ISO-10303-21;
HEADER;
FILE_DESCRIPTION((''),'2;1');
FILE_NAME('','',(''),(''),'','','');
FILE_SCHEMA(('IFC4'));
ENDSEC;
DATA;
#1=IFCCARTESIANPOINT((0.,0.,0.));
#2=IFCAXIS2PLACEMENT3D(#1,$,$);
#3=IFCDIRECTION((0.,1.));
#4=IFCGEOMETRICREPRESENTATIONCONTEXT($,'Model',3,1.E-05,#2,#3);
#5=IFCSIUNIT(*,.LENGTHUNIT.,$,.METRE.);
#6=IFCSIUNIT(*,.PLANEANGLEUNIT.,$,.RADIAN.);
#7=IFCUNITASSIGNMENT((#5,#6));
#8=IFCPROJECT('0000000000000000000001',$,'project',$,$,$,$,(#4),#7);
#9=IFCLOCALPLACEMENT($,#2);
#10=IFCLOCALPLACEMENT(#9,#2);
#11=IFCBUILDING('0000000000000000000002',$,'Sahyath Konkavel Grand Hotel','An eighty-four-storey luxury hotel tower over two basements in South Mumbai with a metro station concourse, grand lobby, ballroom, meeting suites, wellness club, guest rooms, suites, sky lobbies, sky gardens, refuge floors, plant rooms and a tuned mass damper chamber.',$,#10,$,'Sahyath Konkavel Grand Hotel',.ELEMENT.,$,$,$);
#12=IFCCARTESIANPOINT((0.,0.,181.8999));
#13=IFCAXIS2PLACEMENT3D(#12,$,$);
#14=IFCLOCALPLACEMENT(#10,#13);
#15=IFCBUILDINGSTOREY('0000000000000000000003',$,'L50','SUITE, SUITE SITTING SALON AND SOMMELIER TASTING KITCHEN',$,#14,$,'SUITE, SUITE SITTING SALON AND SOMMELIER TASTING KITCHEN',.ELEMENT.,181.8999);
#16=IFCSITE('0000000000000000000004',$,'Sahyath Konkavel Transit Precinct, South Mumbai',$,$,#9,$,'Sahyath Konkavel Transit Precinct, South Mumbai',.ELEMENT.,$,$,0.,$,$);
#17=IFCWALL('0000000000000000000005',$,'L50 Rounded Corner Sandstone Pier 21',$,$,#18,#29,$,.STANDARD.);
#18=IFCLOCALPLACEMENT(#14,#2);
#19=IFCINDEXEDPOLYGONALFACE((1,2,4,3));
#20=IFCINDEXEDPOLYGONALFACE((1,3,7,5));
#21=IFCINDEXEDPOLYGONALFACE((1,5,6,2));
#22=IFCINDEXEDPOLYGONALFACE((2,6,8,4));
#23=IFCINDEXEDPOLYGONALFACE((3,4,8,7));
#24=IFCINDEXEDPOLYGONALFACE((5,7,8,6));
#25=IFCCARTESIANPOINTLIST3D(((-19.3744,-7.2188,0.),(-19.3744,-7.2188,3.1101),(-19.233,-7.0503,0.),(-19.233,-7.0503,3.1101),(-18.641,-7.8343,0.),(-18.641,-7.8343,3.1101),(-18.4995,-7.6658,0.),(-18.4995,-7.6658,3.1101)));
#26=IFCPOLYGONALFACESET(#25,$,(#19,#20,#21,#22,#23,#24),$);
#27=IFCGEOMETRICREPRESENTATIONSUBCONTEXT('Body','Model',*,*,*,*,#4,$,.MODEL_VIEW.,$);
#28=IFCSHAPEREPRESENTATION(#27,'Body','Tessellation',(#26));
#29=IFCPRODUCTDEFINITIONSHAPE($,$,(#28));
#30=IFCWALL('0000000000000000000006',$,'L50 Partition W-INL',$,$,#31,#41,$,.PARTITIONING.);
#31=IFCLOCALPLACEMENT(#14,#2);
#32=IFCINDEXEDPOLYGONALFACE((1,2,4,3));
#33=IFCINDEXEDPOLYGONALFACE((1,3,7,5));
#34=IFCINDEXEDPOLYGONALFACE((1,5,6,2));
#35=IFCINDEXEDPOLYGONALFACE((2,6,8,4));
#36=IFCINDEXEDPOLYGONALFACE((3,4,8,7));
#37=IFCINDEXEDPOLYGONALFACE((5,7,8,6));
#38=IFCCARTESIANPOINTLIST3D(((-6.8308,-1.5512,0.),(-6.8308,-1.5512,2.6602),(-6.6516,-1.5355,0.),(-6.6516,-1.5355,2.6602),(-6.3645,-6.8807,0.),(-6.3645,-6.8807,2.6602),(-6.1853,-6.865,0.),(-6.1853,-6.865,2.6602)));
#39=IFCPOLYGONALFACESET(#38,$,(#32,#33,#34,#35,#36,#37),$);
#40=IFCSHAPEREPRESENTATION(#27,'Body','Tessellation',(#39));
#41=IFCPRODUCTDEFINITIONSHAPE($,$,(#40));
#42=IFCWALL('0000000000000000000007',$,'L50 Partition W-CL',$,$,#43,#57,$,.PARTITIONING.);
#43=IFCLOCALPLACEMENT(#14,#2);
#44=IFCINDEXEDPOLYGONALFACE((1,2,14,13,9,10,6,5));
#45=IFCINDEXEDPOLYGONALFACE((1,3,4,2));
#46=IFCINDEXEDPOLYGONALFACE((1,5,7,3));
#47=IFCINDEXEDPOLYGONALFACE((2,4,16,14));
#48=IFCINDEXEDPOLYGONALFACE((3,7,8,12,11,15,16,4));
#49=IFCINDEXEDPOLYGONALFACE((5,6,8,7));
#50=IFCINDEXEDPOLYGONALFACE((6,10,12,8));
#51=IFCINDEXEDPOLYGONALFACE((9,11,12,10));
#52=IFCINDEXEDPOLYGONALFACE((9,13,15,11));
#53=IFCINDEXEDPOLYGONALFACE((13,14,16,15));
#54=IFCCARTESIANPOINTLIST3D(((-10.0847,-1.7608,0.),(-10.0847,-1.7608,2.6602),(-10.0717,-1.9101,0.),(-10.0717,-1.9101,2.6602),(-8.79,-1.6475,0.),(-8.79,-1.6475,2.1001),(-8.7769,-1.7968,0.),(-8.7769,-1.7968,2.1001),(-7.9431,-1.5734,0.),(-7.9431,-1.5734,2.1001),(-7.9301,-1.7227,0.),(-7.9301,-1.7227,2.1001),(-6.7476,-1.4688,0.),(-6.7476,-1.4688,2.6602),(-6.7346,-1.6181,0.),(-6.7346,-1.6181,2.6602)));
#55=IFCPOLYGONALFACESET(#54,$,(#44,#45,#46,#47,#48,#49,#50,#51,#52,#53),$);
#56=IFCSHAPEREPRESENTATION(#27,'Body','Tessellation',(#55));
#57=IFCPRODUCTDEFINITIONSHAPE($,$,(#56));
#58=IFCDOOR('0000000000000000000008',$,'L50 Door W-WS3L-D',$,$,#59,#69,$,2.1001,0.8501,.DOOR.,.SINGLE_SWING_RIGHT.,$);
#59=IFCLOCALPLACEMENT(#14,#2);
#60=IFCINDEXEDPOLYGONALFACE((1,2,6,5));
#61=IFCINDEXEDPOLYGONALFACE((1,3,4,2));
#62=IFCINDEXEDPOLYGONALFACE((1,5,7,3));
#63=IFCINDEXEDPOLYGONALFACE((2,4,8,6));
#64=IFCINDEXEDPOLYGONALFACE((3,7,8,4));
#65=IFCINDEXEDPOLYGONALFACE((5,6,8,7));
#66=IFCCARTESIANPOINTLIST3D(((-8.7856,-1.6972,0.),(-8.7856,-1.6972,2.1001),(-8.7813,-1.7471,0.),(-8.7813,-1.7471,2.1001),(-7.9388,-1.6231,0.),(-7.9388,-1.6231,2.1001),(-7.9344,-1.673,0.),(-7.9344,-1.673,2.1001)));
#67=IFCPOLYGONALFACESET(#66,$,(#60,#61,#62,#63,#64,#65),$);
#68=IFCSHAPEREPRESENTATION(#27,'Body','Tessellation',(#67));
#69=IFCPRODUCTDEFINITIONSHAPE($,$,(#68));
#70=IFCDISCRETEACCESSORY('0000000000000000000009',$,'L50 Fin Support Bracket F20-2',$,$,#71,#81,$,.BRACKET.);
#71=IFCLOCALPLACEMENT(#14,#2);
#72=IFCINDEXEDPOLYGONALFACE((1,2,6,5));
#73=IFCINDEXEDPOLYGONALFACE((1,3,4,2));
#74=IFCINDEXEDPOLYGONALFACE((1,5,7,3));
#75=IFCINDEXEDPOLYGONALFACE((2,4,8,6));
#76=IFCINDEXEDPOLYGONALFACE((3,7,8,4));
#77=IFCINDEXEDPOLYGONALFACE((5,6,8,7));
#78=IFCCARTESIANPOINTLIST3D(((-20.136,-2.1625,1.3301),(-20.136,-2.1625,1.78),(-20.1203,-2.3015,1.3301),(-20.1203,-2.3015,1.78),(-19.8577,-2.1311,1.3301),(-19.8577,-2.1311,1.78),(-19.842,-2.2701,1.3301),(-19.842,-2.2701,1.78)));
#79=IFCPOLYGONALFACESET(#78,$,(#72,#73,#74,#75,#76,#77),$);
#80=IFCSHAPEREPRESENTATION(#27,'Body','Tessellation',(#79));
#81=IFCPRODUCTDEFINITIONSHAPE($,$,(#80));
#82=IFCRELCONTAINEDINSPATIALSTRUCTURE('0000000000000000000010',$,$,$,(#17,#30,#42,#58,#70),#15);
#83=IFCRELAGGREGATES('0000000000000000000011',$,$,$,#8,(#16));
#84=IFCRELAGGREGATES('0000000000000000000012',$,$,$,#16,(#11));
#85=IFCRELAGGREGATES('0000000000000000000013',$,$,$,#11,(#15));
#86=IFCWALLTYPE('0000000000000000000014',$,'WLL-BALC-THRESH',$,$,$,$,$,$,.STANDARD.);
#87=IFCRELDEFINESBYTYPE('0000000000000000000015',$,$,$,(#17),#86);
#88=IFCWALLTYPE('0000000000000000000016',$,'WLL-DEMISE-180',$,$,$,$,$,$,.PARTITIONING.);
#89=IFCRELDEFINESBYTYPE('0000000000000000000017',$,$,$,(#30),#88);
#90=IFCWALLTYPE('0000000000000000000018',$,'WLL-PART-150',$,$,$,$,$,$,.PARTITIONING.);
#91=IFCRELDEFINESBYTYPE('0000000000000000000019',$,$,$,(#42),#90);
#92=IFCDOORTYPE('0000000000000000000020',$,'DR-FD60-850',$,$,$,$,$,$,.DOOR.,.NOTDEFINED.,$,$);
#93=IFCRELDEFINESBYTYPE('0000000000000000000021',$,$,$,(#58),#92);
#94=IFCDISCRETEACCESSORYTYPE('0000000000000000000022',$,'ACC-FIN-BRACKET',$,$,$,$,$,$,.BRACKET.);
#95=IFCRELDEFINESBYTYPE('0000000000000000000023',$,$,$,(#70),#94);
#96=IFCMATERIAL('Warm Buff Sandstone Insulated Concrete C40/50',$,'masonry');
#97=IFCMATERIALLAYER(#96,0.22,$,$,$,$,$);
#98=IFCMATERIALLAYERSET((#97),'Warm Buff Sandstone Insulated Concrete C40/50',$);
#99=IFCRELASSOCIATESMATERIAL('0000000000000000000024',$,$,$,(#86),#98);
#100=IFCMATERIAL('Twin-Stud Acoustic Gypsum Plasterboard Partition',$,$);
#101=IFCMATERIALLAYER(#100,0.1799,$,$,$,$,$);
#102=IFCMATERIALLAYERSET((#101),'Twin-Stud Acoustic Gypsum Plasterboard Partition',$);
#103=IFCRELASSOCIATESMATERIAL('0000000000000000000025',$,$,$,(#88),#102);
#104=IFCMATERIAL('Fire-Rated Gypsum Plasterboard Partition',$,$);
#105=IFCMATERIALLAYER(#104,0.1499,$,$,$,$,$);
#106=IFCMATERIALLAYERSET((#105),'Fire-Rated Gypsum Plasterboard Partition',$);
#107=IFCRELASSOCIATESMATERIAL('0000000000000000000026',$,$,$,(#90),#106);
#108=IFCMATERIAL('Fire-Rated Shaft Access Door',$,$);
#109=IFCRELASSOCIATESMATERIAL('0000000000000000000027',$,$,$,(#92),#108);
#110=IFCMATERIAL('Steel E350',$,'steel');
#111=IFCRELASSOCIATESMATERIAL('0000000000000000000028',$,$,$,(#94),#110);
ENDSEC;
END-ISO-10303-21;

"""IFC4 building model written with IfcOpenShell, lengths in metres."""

from ifc_helpers import new_model, si_unit, direction, frame, frame_2d, origin, origin_2d, place, context, subcontext, project, spatial, rectangle, extrude, source, transform, mapped, material, layer, layer_set, type_object, element, fill, save


model = new_model("IFC4")

# Units and contexts
model_context = context("Model", 3, precision=1e-05, world=origin(), true_north=direction((0.0, 1.0)))
body_context = subcontext(model_context, "Body", "Model", "MODEL_VIEW")
ifc_project = project(units=[si_unit("LENGTHUNIT", "METRE"), si_unit("PLANEANGLEUNIT", "RADIAN")], contexts=[model_context])

# Site, building, storey
site_placement = place(None, origin())
site = spatial("IfcSite", under=ifc_project, at=site_placement, Name="Sahyath Konkavel Transit Precinct, South Mumbai", LongName="Sahyath Konkavel Transit Precinct, South Mumbai", CompositionType="ELEMENT", RefElevation=0.0)
building_placement = place(site_placement, origin())
building = spatial("IfcBuilding", under=site, at=building_placement, Name="Sahyath Konkavel Grand Hotel", Description="An eighty-four-storey luxury hotel tower over two basements in South Mumbai with a metro station concourse, grand lobby, ballroom, meeting suites, wellness club, guest rooms, suites, sky lobbies, sky gardens, refuge floors, plant rooms and a tuned mass damper chamber.", LongName="Sahyath Konkavel Grand Hotel", CompositionType="ELEMENT")
storey_placement = place(building_placement, frame((0.0, 0.0, 181.8999)))
storey = spatial("IfcBuildingStorey", under=building, at=storey_placement, Name="L50", Description="SUITE, SUITE SITTING SALON AND SOMMELIER TASTING KITCHEN", LongName="SUITE, SUITE SITTING SALON AND SOMMELIER TASTING KITCHEN", CompositionType="ELEMENT", Elevation=181.8999)

# Shared definitions
ifc_material_1 = material(Name="Steel E350", Category="steel")

# Walls
ifc_material_2 = material(Name="Warm Buff Sandstone Insulated Concrete C40/50", Category="masonry")
ifc_layer_1 = layer(ifc_material_2, 0.22)
ifc_layer_set_1 = layer_set([ifc_layer_1], Name="Warm Buff Sandstone Insulated Concrete C40/50")
wall_type_1 = type_object("IfcWallType", Name="WLL-BALC-THRESH", PredefinedType="STANDARD", material=ifc_layer_set_1)
wall_1_placement = place(storey_placement, frame((-19.3037, -7.1345, 0.0), z_axis=(0.0, 0.0, 1.0), x_axis=(0.766001, -0.642839, 0.0)))
element("IfcWall", 1, at=wall_1_placement, inside=storey, type_object=wall_type_1, Name="L50 Rounded Corner Sandstone Pier 21", PredefinedType="STANDARD", context=body_context, shape_type="SweptSolid", body=[
    extrude(rectangle(XDim=0.9575, YDim=0.22, at=frame_2d((0.4788, 0.0))), origin(), (0.0, 0.0, 1.0), 3.1101),
])
ifc_material_3 = material(Name="Twin-Stud Acoustic Gypsum Plasterboard Partition")
ifc_layer_2 = layer(ifc_material_3, 0.1799)
ifc_layer_set_2 = layer_set([ifc_layer_2], Name="Twin-Stud Acoustic Gypsum Plasterboard Partition")
wall_type_2 = type_object("IfcWallType", Name="WLL-DEMISE-180", PredefinedType="PARTITIONING", material=ifc_layer_set_2)
wall_2_placement = place(storey_placement, frame((-6.7412, -1.5435, 0.0), z_axis=(0.0, 0.0, 1.0), x_axis=(0.087161, -0.996194, 0.0)))
element("IfcWall", 2, at=wall_2_placement, inside=storey, type_object=wall_type_2, Name="L50 Partition W-INL", PredefinedType="PARTITIONING", context=body_context, shape_type="SweptSolid", body=[
    extrude(rectangle(XDim=5.3499, YDim=0.1799, at=frame_2d((2.6748, 0.0))), origin(), (0.0, 0.0, 1.0), 2.6602),
])

# Wall, opening, door
ifc_material_4 = material(Name="Fire-Rated Gypsum Plasterboard Partition")
ifc_layer_3 = layer(ifc_material_4, 0.1499)
ifc_layer_set_3 = layer_set([ifc_layer_3], Name="Fire-Rated Gypsum Plasterboard Partition")
wall_type_3 = type_object("IfcWallType", Name="WLL-PART-150", PredefinedType="PARTITIONING", material=ifc_layer_set_3)
wall_3_placement = place(storey_placement, frame((-6.7412, -1.5435, 0.0), z_axis=(0.0, 0.0, 1.0), x_axis=(-0.996194, -0.087164, 0.0)))
wall_3 = element("IfcWall", 3, at=wall_3_placement, inside=storey, type_object=wall_type_3, Name="L50 Partition W-CL", PredefinedType="PARTITIONING", context=body_context, shape_type="SweptSolid", body=[
    extrude(rectangle(XDim=3.3499, YDim=0.1499, at=frame_2d((1.6748, 0.0))), origin(), (0.0, 0.0, 1.0), 2.6602),
])
opening_placement = place(wall_3_placement, frame((1.2, 0.0, 0.0)))
opening = element("IfcOpeningElement", 4, at=opening_placement, cuts=wall_3, PredefinedType="OPENING", context=body_context, shape_type="SweptSolid", body=[
    extrude(rectangle(XDim=0.8501, YDim=2.1001, at=frame_2d((0.425, 1.05))), frame((0.0, 0.085, 0.0), z_axis=(0.0, -1.0, 0.0), x_axis=(1.0, 0.0, 0.0)), (0.0, 0.0, 1.0), 0.1699),
])
ifc_material_5 = material(Name="Fire-Rated Shaft Access Door")
door_type = type_object("IfcDoorType", Name="DR-FD60-850", OperationType="NOTDEFINED", PredefinedType="DOOR", material=ifc_material_5)
shared_shape_1 = source(origin(), body_context, "Body", "SweptSolid", [
    extrude(rectangle(XDim=0.8501, YDim=0.05, at=origin_2d()), origin(), (0.0, 0.0, 1.0), 2.1001),
])
door_placement = place(opening_placement, frame((0.425, 0.0, 0.0)))
door = element("IfcDoor", 5, at=door_placement, inside=storey, type_object=door_type, Name="L50 Door W-WS3L-D", OperationType="SINGLE_SWING_RIGHT", OverallHeight=2.1001, OverallWidth=0.8501, PredefinedType="DOOR", context=body_context, shape_type="MappedRepresentation", body=[
    mapped(shared_shape_1, transform((0.0, 0.0, 0.0), scale=1.0)),
])
fill(opening, door)

# Discrete accessory
discrete_accessory_type = type_object("IfcDiscreteAccessoryType", Name="ACC-FIN-BRACKET", PredefinedType="BRACKET", material=ifc_material_1)
shared_shape_2 = source(origin(), body_context, "Body", "SweptSolid", [
    extrude(rectangle(XDim=0.28, YDim=0.1399, at=origin_2d()), origin(), (0.0, 0.0, 1.0), 0.45),
])
discrete_accessory_placement = place(storey_placement, frame((-19.989, -2.2163, 1.3301), z_axis=(0.0, 0.0, 1.0), x_axis=(-0.993709, -0.111989, 0.0)))
element("IfcDiscreteAccessory", 6, at=discrete_accessory_placement, inside=storey, type_object=discrete_accessory_type, Name="L50 Fin Support Bracket F20-2", PredefinedType="BRACKET", context=body_context, shape_type="MappedRepresentation", body=[
    mapped(shared_shape_2, transform((0.0, 0.0, 0.0), scale=1.0)),
])

save(model, "model.ifc")
